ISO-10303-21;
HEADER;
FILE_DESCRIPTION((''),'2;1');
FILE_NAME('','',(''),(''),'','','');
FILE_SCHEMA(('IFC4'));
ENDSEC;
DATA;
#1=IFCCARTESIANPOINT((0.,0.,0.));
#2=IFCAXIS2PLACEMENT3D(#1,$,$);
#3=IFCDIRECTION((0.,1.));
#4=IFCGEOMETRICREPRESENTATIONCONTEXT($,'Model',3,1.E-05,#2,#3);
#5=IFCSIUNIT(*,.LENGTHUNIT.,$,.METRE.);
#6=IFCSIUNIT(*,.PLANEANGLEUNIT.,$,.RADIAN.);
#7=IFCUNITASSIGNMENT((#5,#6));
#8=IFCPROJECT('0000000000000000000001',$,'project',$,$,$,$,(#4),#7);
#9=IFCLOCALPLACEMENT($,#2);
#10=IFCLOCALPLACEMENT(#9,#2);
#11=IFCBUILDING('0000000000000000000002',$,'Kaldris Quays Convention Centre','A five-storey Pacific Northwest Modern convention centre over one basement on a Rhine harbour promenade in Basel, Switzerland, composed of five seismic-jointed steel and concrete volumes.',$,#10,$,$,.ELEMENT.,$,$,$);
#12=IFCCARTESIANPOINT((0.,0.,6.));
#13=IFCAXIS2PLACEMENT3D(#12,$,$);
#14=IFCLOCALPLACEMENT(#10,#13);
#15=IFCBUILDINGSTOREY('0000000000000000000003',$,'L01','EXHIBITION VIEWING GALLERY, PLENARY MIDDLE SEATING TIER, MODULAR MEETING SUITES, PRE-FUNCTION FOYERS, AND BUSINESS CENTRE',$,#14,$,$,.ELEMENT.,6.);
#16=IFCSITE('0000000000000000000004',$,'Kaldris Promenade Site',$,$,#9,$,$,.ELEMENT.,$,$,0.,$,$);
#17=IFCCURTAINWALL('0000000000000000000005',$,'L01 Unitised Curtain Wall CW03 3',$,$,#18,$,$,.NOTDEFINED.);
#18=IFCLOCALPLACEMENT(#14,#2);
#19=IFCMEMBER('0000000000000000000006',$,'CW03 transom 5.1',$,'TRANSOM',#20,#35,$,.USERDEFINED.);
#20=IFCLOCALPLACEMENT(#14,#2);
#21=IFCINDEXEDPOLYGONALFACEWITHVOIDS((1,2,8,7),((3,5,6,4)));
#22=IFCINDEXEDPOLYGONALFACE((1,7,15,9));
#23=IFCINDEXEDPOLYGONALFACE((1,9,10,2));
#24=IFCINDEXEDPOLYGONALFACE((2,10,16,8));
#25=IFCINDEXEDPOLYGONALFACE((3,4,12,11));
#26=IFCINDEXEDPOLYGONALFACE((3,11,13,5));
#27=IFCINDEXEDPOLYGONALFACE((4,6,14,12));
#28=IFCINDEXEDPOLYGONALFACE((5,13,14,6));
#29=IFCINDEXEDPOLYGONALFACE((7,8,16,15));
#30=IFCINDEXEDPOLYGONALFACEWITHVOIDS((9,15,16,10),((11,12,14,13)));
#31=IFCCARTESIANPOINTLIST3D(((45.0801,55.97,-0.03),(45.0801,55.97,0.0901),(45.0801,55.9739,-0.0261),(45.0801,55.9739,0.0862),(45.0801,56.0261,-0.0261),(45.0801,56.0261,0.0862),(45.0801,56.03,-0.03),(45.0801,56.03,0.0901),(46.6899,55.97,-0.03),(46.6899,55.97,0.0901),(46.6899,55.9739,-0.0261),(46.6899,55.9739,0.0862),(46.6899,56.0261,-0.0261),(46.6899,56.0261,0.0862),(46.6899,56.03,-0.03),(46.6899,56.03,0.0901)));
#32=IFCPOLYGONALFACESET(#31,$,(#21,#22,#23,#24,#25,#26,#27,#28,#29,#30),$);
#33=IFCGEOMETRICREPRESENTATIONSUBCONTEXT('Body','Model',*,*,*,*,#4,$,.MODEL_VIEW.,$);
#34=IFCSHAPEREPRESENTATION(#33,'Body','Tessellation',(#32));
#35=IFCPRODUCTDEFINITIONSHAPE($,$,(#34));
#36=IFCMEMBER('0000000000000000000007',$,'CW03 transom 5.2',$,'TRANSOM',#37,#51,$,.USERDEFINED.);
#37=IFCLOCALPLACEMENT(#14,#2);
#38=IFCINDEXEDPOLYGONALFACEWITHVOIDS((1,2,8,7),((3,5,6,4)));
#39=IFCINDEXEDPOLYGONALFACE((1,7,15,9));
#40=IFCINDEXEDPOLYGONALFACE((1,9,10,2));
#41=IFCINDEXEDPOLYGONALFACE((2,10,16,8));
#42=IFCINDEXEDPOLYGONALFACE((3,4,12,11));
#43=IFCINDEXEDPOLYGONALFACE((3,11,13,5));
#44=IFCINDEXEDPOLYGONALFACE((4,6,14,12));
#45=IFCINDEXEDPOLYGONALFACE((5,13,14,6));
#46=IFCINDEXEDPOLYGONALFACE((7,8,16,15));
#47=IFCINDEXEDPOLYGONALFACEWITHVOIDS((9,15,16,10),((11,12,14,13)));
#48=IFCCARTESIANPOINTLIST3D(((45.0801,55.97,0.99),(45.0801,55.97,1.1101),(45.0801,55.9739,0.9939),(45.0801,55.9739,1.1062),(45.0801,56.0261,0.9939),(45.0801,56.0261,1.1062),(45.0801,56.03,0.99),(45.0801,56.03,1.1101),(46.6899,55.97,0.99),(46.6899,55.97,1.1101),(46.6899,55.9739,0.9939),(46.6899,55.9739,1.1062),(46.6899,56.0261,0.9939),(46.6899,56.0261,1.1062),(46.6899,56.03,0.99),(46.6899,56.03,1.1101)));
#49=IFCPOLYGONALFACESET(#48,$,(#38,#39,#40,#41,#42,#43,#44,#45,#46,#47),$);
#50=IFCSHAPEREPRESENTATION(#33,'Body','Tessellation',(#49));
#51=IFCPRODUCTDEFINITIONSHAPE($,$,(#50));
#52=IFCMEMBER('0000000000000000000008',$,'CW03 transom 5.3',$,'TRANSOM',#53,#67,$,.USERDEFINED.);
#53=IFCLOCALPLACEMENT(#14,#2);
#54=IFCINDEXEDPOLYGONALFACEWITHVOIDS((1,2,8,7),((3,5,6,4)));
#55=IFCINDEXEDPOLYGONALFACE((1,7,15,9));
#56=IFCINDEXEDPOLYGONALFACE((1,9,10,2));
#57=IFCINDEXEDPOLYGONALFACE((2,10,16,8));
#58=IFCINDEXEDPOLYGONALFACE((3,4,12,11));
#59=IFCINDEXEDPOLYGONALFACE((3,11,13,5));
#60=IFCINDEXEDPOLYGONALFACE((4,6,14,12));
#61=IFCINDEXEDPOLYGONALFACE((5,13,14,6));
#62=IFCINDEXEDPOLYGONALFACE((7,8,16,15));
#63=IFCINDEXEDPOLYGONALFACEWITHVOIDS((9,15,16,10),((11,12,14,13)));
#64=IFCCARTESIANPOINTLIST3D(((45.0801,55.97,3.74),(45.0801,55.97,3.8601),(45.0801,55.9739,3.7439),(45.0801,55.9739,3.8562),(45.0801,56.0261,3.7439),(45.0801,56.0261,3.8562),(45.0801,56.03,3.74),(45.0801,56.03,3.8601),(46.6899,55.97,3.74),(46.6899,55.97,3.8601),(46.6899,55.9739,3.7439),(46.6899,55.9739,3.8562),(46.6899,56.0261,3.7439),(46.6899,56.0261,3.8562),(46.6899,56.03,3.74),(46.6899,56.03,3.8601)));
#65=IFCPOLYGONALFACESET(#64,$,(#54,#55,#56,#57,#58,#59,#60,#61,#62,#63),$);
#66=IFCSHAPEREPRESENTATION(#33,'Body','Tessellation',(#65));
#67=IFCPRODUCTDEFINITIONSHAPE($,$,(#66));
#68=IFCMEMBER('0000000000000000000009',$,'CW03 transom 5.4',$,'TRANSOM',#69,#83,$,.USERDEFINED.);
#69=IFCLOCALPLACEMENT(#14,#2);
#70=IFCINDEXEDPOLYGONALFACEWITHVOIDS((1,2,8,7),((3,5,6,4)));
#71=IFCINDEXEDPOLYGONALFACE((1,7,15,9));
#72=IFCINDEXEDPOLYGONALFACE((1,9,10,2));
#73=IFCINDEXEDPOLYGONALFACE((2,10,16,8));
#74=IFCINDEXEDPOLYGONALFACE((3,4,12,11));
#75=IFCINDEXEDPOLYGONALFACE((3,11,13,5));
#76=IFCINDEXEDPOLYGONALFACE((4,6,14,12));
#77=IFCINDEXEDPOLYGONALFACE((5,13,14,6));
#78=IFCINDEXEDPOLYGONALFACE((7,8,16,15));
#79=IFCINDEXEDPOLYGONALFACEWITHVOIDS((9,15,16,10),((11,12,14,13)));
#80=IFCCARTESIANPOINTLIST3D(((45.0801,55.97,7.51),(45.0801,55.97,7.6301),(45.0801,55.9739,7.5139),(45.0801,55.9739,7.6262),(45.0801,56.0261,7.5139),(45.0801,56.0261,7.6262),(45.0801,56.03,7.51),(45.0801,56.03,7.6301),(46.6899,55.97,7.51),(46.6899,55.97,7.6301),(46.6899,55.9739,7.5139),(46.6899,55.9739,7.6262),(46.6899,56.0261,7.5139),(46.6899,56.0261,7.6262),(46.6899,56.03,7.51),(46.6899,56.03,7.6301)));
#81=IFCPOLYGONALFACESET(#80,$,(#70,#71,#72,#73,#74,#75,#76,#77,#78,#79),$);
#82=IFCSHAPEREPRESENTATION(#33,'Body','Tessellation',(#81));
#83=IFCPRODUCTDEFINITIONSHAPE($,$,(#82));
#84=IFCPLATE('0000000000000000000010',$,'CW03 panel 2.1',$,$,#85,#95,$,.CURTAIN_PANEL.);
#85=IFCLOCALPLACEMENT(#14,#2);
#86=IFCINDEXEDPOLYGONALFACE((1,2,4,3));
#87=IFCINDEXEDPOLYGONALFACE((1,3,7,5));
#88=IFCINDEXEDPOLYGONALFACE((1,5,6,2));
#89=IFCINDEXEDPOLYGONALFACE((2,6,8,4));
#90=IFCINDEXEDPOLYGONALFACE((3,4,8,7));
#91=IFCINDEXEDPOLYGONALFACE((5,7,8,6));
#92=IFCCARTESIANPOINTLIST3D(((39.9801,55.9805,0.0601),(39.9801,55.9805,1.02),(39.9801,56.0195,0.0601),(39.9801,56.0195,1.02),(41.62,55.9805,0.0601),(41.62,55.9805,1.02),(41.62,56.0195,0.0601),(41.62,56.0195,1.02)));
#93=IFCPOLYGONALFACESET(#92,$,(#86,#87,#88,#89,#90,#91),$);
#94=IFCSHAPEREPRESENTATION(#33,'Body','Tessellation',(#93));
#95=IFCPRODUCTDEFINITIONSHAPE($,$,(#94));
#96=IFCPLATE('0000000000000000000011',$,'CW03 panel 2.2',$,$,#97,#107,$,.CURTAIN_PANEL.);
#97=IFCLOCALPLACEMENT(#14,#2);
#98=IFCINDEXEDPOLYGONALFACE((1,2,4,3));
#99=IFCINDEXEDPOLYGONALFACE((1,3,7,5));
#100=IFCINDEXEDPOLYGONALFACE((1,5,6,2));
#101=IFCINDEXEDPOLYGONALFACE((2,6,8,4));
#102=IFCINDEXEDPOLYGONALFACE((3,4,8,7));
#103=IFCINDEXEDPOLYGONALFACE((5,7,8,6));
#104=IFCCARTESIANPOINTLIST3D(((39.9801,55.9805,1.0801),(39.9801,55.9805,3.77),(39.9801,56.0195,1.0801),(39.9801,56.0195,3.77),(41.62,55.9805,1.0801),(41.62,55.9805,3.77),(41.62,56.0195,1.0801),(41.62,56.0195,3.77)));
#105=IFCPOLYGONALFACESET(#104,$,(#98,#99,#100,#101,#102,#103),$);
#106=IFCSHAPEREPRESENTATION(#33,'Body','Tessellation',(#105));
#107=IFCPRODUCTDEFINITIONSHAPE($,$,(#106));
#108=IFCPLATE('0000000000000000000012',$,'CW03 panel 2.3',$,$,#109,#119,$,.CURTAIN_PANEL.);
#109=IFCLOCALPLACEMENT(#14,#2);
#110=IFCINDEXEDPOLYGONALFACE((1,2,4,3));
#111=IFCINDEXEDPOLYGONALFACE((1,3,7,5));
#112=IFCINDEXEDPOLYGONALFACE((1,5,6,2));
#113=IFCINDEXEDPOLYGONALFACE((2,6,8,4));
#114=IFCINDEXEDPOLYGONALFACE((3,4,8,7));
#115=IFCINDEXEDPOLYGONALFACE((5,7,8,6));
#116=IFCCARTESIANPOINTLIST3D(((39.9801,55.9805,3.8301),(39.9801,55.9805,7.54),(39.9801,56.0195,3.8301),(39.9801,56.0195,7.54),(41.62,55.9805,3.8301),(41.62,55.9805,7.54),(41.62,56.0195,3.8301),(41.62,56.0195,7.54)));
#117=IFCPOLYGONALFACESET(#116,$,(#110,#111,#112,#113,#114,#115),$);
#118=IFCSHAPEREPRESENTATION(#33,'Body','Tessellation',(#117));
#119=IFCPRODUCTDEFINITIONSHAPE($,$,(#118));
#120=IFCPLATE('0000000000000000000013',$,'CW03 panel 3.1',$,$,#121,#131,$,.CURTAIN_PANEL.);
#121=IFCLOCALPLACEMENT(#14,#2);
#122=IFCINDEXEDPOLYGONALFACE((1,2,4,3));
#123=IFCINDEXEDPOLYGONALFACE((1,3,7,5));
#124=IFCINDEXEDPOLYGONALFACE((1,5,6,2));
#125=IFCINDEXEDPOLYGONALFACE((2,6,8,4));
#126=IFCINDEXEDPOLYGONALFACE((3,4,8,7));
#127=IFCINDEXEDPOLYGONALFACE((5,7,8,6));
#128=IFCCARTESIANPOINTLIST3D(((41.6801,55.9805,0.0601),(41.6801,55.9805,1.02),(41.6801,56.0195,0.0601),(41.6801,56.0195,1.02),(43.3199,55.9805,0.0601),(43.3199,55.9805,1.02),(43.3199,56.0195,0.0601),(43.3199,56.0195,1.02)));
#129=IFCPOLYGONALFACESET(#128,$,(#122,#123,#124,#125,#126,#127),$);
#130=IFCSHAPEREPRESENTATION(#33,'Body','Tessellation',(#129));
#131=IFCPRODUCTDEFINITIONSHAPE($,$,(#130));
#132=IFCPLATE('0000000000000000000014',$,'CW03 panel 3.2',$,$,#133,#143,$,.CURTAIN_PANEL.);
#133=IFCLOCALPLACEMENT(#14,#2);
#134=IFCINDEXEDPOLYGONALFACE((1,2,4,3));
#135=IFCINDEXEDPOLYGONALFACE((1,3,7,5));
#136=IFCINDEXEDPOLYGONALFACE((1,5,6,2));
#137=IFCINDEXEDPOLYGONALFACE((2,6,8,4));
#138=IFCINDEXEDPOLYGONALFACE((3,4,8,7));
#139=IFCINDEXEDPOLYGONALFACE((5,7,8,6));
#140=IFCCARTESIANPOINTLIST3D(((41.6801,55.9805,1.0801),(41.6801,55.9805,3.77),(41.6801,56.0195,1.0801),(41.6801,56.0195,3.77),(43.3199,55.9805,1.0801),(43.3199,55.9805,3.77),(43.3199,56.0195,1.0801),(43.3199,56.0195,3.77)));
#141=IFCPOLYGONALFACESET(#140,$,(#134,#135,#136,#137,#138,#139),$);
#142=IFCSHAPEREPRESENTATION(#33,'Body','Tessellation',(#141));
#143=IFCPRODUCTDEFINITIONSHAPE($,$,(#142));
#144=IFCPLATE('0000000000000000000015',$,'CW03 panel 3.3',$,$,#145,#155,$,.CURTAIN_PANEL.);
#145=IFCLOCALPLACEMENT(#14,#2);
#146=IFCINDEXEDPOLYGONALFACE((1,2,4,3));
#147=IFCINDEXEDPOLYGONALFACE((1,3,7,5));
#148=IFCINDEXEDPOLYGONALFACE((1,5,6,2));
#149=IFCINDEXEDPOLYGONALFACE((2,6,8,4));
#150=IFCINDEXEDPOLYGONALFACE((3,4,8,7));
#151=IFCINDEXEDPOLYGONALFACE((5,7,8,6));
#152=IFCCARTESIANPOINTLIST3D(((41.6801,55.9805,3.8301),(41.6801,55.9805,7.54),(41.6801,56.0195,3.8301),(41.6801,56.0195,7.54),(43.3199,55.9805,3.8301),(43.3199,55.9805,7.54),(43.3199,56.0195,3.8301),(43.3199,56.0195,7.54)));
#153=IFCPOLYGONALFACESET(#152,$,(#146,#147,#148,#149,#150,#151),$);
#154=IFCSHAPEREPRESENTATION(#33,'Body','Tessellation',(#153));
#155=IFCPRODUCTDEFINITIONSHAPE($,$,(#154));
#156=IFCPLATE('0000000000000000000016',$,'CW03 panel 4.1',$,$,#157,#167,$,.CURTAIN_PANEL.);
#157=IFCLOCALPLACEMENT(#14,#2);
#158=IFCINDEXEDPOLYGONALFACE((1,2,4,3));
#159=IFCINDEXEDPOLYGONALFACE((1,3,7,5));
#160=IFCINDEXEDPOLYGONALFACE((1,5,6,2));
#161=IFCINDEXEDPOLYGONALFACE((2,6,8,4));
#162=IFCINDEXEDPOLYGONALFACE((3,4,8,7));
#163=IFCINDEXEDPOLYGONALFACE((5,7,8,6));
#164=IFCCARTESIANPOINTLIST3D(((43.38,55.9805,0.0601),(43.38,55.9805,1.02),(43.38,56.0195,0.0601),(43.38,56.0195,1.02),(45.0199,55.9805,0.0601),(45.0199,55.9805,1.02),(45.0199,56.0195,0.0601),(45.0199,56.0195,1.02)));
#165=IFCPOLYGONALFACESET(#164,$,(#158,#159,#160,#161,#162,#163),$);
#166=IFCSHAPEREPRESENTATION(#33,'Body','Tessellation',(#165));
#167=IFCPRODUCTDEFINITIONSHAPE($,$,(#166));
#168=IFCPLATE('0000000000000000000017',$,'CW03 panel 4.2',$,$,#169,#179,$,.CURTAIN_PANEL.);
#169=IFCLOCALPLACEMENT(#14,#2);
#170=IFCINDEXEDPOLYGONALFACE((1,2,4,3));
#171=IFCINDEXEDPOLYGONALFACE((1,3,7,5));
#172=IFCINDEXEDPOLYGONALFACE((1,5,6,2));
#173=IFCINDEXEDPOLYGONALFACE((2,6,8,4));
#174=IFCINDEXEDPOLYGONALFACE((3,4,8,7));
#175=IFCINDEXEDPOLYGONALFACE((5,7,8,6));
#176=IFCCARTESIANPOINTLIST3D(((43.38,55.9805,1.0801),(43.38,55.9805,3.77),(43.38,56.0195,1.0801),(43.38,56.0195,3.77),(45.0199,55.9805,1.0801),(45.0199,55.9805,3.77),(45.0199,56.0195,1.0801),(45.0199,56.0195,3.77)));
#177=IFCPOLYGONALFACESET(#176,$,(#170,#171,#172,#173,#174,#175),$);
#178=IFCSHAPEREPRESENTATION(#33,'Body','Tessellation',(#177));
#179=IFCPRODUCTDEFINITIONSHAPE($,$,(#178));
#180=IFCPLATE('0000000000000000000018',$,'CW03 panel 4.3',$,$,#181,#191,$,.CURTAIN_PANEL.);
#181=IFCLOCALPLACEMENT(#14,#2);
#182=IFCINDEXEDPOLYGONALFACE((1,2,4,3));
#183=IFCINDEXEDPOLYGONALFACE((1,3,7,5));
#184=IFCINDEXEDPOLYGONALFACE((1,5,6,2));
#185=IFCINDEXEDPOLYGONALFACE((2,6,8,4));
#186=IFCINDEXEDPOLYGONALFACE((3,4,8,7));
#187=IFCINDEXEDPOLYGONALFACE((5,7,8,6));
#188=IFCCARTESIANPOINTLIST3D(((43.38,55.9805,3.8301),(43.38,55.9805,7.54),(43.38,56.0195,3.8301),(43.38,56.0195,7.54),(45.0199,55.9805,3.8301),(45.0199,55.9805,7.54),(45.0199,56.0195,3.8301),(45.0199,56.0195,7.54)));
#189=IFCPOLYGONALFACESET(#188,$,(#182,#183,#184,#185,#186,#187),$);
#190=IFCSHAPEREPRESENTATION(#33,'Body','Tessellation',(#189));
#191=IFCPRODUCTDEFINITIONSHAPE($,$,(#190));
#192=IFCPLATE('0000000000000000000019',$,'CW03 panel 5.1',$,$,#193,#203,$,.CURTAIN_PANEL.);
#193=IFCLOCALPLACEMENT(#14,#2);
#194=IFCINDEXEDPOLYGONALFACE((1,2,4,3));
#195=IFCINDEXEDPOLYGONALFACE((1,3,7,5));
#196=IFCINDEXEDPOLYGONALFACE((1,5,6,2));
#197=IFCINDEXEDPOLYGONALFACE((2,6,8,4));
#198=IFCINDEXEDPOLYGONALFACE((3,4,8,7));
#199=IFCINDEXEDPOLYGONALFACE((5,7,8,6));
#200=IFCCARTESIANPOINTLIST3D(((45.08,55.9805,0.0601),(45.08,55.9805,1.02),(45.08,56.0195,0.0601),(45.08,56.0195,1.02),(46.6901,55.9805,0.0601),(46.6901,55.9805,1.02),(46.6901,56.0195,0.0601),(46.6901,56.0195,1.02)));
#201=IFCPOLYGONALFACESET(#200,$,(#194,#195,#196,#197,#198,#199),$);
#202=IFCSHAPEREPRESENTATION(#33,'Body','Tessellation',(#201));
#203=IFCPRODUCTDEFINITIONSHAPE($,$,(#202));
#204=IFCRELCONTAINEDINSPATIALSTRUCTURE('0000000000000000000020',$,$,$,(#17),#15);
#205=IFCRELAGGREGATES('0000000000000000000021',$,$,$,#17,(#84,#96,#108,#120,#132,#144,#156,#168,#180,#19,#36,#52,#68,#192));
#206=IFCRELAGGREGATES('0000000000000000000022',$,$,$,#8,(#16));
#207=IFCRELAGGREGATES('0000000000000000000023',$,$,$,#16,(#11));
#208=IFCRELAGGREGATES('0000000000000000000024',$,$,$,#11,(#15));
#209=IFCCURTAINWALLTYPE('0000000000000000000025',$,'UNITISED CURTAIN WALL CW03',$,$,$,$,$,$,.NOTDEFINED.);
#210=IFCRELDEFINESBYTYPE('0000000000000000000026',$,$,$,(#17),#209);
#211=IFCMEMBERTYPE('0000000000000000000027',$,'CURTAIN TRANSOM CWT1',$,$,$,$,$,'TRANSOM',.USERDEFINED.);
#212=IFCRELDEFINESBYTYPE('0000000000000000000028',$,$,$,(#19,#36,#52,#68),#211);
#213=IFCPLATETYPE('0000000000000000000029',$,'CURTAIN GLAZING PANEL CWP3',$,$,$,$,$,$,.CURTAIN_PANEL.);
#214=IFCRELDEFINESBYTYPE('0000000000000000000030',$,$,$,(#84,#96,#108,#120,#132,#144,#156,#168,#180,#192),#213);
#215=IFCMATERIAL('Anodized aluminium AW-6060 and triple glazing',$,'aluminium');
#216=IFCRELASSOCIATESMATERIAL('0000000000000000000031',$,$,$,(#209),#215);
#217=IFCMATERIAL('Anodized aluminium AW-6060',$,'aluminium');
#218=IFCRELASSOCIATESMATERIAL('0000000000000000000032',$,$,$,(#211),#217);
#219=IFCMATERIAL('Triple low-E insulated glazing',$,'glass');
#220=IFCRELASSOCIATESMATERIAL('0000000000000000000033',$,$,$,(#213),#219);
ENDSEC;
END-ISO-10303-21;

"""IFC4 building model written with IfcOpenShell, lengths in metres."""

from ifc_helpers import new_model, si_unit, direction, frame, origin, origin_2d, place, context, subcontext, project, spatial, rectangle, hollow_rectangle, extrude, material, material_profile, profile_set, type_object, element, aggregate, save


model = new_model("IFC4")

# Units and contexts
model_context = context("Model", 3, precision=1e-05, world=origin(), true_north=direction((0.0, 1.0)))
body_context = subcontext(model_context, "Body", "Model", "MODEL_VIEW")
ifc_project = project(units=[si_unit("LENGTHUNIT", "METRE"), si_unit("PLANEANGLEUNIT", "RADIAN")], contexts=[model_context])

# Site, building, storey
site_placement = place(None, origin())
site = spatial("IfcSite", under=ifc_project, at=site_placement, Name="Kaldris Promenade Site", CompositionType="ELEMENT", RefElevation=0.0)
building_placement = place(site_placement, origin())
building = spatial("IfcBuilding", under=site, at=building_placement, Name="Kaldris Quays Convention Centre", Description="A five-storey Pacific Northwest Modern convention centre over one basement on a Rhine harbour promenade in Basel, Switzerland, composed of five seismic-jointed steel and concrete volumes.", CompositionType="ELEMENT")
storey_placement = place(building_placement, frame((0.0, 0.0, 6.0)))
storey = spatial("IfcBuildingStorey", under=building, at=storey_placement, Name="L01", Description="EXHIBITION VIEWING GALLERY, PLENARY MIDDLE SEATING TIER, MODULAR MEETING SUITES, PRE-FUNCTION FOYERS, AND BUSINESS CENTRE", CompositionType="ELEMENT", Elevation=6.0)

# Curtain wall, members, plates
ifc_material_1 = material(Name="Anodized aluminium AW-6060 and triple glazing", Category="aluminium")
curtain_wall_type = type_object("IfcCurtainWallType", Name="UNITISED CURTAIN WALL CW03", PredefinedType="NOTDEFINED", material=ifc_material_1)
curtain_wall_placement = place(storey_placement, origin())
curtain_wall = element("IfcCurtainWall", 1, at=curtain_wall_placement, inside=storey, type_object=curtain_wall_type, Name="L01 Unitised Curtain Wall CW03 3", PredefinedType="NOTDEFINED")
ifc_material_2 = material(Name="Anodized aluminium AW-6060", Category="aluminium")
ifc_material_profile_1 = material_profile(ifc_material_2, hollow_rectangle(XDim=0.0601, YDim=0.1201, WallThickness=0.0039, at=origin_2d()), Name="RHS 120x60x4")
ifc_profile_set_1 = profile_set([ifc_material_profile_1], Name="Anodized aluminium AW-6060")
member_type_1 = type_object("IfcMemberType", Name="CURTAIN TRANSOM CWT1", ElementType="TRANSOM", PredefinedType="USERDEFINED", material=ifc_profile_set_1)
member_1_placement = place(storey_placement, frame((45.0801, 56.0, 0.03), z_axis=(1.0, 0.0, 0.0), x_axis=(0.0, 1.0, 0.0)))
member_1 = element("IfcMember", 2, at=member_1_placement, type_object=member_type_1, Name="CW03 transom 5.1", ObjectType="TRANSOM", PredefinedType="USERDEFINED", context=body_context, shape_type="SweptSolid", body=[
    extrude(hollow_rectangle(XDim=0.0601, YDim=0.1201, WallThickness=0.0039, at=origin_2d()), origin(), (0.0, 0.0, 1.0), 1.6099),
])
member_2_placement = place(storey_placement, frame((45.0801, 56.0, 1.05), z_axis=(1.0, 0.0, 0.0), x_axis=(0.0, 1.0, 0.0)))
member_2 = element("IfcMember", 3, at=member_2_placement, type_object=member_type_1, Name="CW03 transom 5.2", ObjectType="TRANSOM", PredefinedType="USERDEFINED", context=body_context, shape_type="SweptSolid", body=[
    extrude(hollow_rectangle(XDim=0.0601, YDim=0.1201, WallThickness=0.0039, at=origin_2d()), origin(), (0.0, 0.0, 1.0), 1.6099),
])
member_3_placement = place(storey_placement, frame((45.0801, 56.0, 3.8), z_axis=(1.0, 0.0, 0.0), x_axis=(0.0, 1.0, 0.0)))
member_3 = element("IfcMember", 4, at=member_3_placement, type_object=member_type_1, Name="CW03 transom 5.3", ObjectType="TRANSOM", PredefinedType="USERDEFINED", context=body_context, shape_type="SweptSolid", body=[
    extrude(hollow_rectangle(XDim=0.0601, YDim=0.1201, WallThickness=0.0039, at=origin_2d()), origin(), (0.0, 0.0, 1.0), 1.6099),
])
member_4_placement = place(storey_placement, frame((45.0801, 56.0, 7.5701), z_axis=(1.0, 0.0, 0.0), x_axis=(0.0, 1.0, 0.0)))
member_4 = element("IfcMember", 5, at=member_4_placement, type_object=member_type_1, Name="CW03 transom 5.4", ObjectType="TRANSOM", PredefinedType="USERDEFINED", context=body_context, shape_type="SweptSolid", body=[
    extrude(hollow_rectangle(XDim=0.0601, YDim=0.1201, WallThickness=0.0039, at=origin_2d()), origin(), (0.0, 0.0, 1.0), 1.6099),
])
ifc_material_3 = material(Name="Triple low-E insulated glazing", Category="glass")
plate_type = type_object("IfcPlateType", Name="CURTAIN GLAZING PANEL CWP3", PredefinedType="CURTAIN_PANEL", material=ifc_material_3)
plate_1_placement = place(storey_placement, frame((40.8, 56.0, 0.0601), z_axis=(0.0, 0.0, 1.0), x_axis=(1.0, 0.0, 0.0)))
plate_1 = element("IfcPlate", 6, at=plate_1_placement, type_object=plate_type, Name="CW03 panel 2.1", PredefinedType="CURTAIN_PANEL", context=body_context, shape_type="SweptSolid", body=[
    extrude(rectangle(XDim=1.6399, YDim=0.0391, at=origin_2d()), origin(), (0.0, 0.0, 1.0), 0.96),
])
plate_2_placement = place(storey_placement, frame((40.8, 56.0, 1.0801), z_axis=(0.0, 0.0, 1.0), x_axis=(1.0, 0.0, 0.0)))
plate_2 = element("IfcPlate", 7, at=plate_2_placement, type_object=plate_type, Name="CW03 panel 2.2", PredefinedType="CURTAIN_PANEL", context=body_context, shape_type="SweptSolid", body=[
    extrude(rectangle(XDim=1.6399, YDim=0.0391, at=origin_2d()), origin(), (0.0, 0.0, 1.0), 2.6899),
])
plate_3_placement = place(storey_placement, frame((40.8, 56.0, 3.8301), z_axis=(0.0, 0.0, 1.0), x_axis=(1.0, 0.0, 0.0)))
plate_3 = element("IfcPlate", 8, at=plate_3_placement, type_object=plate_type, Name="CW03 panel 2.3", PredefinedType="CURTAIN_PANEL", context=body_context, shape_type="SweptSolid", body=[
    extrude(rectangle(XDim=1.6399, YDim=0.0391, at=origin_2d()), origin(), (0.0, 0.0, 1.0), 3.71),
])
plate_4_placement = place(storey_placement, frame((42.5, 56.0, 0.0601), z_axis=(0.0, 0.0, 1.0), x_axis=(1.0, 0.0, 0.0)))
plate_4 = element("IfcPlate", 9, at=plate_4_placement, type_object=plate_type, Name="CW03 panel 3.1", PredefinedType="CURTAIN_PANEL", context=body_context, shape_type="SweptSolid", body=[
    extrude(rectangle(XDim=1.6399, YDim=0.0391, at=origin_2d()), origin(), (0.0, 0.0, 1.0), 0.96),
])
plate_5_placement = place(storey_placement, frame((42.5, 56.0, 1.0801), z_axis=(0.0, 0.0, 1.0), x_axis=(1.0, 0.0, 0.0)))
plate_5 = element("IfcPlate", 10, at=plate_5_placement, type_object=plate_type, Name="CW03 panel 3.2", PredefinedType="CURTAIN_PANEL", context=body_context, shape_type="SweptSolid", body=[
    extrude(rectangle(XDim=1.6399, YDim=0.0391, at=origin_2d()), origin(), (0.0, 0.0, 1.0), 2.6899),
])
plate_6_placement = place(storey_placement, frame((42.5, 56.0, 3.8301), z_axis=(0.0, 0.0, 1.0), x_axis=(1.0, 0.0, 0.0)))
plate_6 = element("IfcPlate", 11, at=plate_6_placement, type_object=plate_type, Name="CW03 panel 3.3", PredefinedType="CURTAIN_PANEL", context=body_context, shape_type="SweptSolid", body=[
    extrude(rectangle(XDim=1.6399, YDim=0.0391, at=origin_2d()), origin(), (0.0, 0.0, 1.0), 3.71),
])
plate_7_placement = place(storey_placement, frame((44.2, 56.0, 0.0601), z_axis=(0.0, 0.0, 1.0), x_axis=(1.0, 0.0, 0.0)))
plate_7 = element("IfcPlate", 12, at=plate_7_placement, type_object=plate_type, Name="CW03 panel 4.1", PredefinedType="CURTAIN_PANEL", context=body_context, shape_type="SweptSolid", body=[
    extrude(rectangle(XDim=1.6399, YDim=0.0391, at=origin_2d()), origin(), (0.0, 0.0, 1.0), 0.96),
])
plate_8_placement = place(storey_placement, frame((44.2, 56.0, 1.0801), z_axis=(0.0, 0.0, 1.0), x_axis=(1.0, 0.0, 0.0)))
plate_8 = element("IfcPlate", 13, at=plate_8_placement, type_object=plate_type, Name="CW03 panel 4.2", PredefinedType="CURTAIN_PANEL", context=body_context, shape_type="SweptSolid", body=[
    extrude(rectangle(XDim=1.6399, YDim=0.0391, at=origin_2d()), origin(), (0.0, 0.0, 1.0), 2.6899),
])
plate_9_placement = place(storey_placement, frame((44.2, 56.0, 3.8301), z_axis=(0.0, 0.0, 1.0), x_axis=(1.0, 0.0, 0.0)))
plate_9 = element("IfcPlate", 14, at=plate_9_placement, type_object=plate_type, Name="CW03 panel 4.3", PredefinedType="CURTAIN_PANEL", context=body_context, shape_type="SweptSolid", body=[
    extrude(rectangle(XDim=1.6399, YDim=0.0391, at=origin_2d()), origin(), (0.0, 0.0, 1.0), 3.71),
])
plate_10_placement = place(storey_placement, frame((45.885, 56.0, 0.0601), z_axis=(0.0, 0.0, 1.0), x_axis=(1.0, 0.0, 0.0)))
plate_10 = element("IfcPlate", 15, at=plate_10_placement, type_object=plate_type, Name="CW03 panel 5.1", PredefinedType="CURTAIN_PANEL", context=body_context, shape_type="SweptSolid", body=[
    extrude(rectangle(XDim=1.6101, YDim=0.0391, at=origin_2d()), origin(), (0.0, 0.0, 1.0), 0.96),
])
aggregate(curtain_wall, [plate_1, plate_2, plate_3, plate_4, plate_5, plate_6, plate_7, plate_8, plate_9, member_1, member_2, member_3, member_4, plate_10])

save(model, "model.ifc")
